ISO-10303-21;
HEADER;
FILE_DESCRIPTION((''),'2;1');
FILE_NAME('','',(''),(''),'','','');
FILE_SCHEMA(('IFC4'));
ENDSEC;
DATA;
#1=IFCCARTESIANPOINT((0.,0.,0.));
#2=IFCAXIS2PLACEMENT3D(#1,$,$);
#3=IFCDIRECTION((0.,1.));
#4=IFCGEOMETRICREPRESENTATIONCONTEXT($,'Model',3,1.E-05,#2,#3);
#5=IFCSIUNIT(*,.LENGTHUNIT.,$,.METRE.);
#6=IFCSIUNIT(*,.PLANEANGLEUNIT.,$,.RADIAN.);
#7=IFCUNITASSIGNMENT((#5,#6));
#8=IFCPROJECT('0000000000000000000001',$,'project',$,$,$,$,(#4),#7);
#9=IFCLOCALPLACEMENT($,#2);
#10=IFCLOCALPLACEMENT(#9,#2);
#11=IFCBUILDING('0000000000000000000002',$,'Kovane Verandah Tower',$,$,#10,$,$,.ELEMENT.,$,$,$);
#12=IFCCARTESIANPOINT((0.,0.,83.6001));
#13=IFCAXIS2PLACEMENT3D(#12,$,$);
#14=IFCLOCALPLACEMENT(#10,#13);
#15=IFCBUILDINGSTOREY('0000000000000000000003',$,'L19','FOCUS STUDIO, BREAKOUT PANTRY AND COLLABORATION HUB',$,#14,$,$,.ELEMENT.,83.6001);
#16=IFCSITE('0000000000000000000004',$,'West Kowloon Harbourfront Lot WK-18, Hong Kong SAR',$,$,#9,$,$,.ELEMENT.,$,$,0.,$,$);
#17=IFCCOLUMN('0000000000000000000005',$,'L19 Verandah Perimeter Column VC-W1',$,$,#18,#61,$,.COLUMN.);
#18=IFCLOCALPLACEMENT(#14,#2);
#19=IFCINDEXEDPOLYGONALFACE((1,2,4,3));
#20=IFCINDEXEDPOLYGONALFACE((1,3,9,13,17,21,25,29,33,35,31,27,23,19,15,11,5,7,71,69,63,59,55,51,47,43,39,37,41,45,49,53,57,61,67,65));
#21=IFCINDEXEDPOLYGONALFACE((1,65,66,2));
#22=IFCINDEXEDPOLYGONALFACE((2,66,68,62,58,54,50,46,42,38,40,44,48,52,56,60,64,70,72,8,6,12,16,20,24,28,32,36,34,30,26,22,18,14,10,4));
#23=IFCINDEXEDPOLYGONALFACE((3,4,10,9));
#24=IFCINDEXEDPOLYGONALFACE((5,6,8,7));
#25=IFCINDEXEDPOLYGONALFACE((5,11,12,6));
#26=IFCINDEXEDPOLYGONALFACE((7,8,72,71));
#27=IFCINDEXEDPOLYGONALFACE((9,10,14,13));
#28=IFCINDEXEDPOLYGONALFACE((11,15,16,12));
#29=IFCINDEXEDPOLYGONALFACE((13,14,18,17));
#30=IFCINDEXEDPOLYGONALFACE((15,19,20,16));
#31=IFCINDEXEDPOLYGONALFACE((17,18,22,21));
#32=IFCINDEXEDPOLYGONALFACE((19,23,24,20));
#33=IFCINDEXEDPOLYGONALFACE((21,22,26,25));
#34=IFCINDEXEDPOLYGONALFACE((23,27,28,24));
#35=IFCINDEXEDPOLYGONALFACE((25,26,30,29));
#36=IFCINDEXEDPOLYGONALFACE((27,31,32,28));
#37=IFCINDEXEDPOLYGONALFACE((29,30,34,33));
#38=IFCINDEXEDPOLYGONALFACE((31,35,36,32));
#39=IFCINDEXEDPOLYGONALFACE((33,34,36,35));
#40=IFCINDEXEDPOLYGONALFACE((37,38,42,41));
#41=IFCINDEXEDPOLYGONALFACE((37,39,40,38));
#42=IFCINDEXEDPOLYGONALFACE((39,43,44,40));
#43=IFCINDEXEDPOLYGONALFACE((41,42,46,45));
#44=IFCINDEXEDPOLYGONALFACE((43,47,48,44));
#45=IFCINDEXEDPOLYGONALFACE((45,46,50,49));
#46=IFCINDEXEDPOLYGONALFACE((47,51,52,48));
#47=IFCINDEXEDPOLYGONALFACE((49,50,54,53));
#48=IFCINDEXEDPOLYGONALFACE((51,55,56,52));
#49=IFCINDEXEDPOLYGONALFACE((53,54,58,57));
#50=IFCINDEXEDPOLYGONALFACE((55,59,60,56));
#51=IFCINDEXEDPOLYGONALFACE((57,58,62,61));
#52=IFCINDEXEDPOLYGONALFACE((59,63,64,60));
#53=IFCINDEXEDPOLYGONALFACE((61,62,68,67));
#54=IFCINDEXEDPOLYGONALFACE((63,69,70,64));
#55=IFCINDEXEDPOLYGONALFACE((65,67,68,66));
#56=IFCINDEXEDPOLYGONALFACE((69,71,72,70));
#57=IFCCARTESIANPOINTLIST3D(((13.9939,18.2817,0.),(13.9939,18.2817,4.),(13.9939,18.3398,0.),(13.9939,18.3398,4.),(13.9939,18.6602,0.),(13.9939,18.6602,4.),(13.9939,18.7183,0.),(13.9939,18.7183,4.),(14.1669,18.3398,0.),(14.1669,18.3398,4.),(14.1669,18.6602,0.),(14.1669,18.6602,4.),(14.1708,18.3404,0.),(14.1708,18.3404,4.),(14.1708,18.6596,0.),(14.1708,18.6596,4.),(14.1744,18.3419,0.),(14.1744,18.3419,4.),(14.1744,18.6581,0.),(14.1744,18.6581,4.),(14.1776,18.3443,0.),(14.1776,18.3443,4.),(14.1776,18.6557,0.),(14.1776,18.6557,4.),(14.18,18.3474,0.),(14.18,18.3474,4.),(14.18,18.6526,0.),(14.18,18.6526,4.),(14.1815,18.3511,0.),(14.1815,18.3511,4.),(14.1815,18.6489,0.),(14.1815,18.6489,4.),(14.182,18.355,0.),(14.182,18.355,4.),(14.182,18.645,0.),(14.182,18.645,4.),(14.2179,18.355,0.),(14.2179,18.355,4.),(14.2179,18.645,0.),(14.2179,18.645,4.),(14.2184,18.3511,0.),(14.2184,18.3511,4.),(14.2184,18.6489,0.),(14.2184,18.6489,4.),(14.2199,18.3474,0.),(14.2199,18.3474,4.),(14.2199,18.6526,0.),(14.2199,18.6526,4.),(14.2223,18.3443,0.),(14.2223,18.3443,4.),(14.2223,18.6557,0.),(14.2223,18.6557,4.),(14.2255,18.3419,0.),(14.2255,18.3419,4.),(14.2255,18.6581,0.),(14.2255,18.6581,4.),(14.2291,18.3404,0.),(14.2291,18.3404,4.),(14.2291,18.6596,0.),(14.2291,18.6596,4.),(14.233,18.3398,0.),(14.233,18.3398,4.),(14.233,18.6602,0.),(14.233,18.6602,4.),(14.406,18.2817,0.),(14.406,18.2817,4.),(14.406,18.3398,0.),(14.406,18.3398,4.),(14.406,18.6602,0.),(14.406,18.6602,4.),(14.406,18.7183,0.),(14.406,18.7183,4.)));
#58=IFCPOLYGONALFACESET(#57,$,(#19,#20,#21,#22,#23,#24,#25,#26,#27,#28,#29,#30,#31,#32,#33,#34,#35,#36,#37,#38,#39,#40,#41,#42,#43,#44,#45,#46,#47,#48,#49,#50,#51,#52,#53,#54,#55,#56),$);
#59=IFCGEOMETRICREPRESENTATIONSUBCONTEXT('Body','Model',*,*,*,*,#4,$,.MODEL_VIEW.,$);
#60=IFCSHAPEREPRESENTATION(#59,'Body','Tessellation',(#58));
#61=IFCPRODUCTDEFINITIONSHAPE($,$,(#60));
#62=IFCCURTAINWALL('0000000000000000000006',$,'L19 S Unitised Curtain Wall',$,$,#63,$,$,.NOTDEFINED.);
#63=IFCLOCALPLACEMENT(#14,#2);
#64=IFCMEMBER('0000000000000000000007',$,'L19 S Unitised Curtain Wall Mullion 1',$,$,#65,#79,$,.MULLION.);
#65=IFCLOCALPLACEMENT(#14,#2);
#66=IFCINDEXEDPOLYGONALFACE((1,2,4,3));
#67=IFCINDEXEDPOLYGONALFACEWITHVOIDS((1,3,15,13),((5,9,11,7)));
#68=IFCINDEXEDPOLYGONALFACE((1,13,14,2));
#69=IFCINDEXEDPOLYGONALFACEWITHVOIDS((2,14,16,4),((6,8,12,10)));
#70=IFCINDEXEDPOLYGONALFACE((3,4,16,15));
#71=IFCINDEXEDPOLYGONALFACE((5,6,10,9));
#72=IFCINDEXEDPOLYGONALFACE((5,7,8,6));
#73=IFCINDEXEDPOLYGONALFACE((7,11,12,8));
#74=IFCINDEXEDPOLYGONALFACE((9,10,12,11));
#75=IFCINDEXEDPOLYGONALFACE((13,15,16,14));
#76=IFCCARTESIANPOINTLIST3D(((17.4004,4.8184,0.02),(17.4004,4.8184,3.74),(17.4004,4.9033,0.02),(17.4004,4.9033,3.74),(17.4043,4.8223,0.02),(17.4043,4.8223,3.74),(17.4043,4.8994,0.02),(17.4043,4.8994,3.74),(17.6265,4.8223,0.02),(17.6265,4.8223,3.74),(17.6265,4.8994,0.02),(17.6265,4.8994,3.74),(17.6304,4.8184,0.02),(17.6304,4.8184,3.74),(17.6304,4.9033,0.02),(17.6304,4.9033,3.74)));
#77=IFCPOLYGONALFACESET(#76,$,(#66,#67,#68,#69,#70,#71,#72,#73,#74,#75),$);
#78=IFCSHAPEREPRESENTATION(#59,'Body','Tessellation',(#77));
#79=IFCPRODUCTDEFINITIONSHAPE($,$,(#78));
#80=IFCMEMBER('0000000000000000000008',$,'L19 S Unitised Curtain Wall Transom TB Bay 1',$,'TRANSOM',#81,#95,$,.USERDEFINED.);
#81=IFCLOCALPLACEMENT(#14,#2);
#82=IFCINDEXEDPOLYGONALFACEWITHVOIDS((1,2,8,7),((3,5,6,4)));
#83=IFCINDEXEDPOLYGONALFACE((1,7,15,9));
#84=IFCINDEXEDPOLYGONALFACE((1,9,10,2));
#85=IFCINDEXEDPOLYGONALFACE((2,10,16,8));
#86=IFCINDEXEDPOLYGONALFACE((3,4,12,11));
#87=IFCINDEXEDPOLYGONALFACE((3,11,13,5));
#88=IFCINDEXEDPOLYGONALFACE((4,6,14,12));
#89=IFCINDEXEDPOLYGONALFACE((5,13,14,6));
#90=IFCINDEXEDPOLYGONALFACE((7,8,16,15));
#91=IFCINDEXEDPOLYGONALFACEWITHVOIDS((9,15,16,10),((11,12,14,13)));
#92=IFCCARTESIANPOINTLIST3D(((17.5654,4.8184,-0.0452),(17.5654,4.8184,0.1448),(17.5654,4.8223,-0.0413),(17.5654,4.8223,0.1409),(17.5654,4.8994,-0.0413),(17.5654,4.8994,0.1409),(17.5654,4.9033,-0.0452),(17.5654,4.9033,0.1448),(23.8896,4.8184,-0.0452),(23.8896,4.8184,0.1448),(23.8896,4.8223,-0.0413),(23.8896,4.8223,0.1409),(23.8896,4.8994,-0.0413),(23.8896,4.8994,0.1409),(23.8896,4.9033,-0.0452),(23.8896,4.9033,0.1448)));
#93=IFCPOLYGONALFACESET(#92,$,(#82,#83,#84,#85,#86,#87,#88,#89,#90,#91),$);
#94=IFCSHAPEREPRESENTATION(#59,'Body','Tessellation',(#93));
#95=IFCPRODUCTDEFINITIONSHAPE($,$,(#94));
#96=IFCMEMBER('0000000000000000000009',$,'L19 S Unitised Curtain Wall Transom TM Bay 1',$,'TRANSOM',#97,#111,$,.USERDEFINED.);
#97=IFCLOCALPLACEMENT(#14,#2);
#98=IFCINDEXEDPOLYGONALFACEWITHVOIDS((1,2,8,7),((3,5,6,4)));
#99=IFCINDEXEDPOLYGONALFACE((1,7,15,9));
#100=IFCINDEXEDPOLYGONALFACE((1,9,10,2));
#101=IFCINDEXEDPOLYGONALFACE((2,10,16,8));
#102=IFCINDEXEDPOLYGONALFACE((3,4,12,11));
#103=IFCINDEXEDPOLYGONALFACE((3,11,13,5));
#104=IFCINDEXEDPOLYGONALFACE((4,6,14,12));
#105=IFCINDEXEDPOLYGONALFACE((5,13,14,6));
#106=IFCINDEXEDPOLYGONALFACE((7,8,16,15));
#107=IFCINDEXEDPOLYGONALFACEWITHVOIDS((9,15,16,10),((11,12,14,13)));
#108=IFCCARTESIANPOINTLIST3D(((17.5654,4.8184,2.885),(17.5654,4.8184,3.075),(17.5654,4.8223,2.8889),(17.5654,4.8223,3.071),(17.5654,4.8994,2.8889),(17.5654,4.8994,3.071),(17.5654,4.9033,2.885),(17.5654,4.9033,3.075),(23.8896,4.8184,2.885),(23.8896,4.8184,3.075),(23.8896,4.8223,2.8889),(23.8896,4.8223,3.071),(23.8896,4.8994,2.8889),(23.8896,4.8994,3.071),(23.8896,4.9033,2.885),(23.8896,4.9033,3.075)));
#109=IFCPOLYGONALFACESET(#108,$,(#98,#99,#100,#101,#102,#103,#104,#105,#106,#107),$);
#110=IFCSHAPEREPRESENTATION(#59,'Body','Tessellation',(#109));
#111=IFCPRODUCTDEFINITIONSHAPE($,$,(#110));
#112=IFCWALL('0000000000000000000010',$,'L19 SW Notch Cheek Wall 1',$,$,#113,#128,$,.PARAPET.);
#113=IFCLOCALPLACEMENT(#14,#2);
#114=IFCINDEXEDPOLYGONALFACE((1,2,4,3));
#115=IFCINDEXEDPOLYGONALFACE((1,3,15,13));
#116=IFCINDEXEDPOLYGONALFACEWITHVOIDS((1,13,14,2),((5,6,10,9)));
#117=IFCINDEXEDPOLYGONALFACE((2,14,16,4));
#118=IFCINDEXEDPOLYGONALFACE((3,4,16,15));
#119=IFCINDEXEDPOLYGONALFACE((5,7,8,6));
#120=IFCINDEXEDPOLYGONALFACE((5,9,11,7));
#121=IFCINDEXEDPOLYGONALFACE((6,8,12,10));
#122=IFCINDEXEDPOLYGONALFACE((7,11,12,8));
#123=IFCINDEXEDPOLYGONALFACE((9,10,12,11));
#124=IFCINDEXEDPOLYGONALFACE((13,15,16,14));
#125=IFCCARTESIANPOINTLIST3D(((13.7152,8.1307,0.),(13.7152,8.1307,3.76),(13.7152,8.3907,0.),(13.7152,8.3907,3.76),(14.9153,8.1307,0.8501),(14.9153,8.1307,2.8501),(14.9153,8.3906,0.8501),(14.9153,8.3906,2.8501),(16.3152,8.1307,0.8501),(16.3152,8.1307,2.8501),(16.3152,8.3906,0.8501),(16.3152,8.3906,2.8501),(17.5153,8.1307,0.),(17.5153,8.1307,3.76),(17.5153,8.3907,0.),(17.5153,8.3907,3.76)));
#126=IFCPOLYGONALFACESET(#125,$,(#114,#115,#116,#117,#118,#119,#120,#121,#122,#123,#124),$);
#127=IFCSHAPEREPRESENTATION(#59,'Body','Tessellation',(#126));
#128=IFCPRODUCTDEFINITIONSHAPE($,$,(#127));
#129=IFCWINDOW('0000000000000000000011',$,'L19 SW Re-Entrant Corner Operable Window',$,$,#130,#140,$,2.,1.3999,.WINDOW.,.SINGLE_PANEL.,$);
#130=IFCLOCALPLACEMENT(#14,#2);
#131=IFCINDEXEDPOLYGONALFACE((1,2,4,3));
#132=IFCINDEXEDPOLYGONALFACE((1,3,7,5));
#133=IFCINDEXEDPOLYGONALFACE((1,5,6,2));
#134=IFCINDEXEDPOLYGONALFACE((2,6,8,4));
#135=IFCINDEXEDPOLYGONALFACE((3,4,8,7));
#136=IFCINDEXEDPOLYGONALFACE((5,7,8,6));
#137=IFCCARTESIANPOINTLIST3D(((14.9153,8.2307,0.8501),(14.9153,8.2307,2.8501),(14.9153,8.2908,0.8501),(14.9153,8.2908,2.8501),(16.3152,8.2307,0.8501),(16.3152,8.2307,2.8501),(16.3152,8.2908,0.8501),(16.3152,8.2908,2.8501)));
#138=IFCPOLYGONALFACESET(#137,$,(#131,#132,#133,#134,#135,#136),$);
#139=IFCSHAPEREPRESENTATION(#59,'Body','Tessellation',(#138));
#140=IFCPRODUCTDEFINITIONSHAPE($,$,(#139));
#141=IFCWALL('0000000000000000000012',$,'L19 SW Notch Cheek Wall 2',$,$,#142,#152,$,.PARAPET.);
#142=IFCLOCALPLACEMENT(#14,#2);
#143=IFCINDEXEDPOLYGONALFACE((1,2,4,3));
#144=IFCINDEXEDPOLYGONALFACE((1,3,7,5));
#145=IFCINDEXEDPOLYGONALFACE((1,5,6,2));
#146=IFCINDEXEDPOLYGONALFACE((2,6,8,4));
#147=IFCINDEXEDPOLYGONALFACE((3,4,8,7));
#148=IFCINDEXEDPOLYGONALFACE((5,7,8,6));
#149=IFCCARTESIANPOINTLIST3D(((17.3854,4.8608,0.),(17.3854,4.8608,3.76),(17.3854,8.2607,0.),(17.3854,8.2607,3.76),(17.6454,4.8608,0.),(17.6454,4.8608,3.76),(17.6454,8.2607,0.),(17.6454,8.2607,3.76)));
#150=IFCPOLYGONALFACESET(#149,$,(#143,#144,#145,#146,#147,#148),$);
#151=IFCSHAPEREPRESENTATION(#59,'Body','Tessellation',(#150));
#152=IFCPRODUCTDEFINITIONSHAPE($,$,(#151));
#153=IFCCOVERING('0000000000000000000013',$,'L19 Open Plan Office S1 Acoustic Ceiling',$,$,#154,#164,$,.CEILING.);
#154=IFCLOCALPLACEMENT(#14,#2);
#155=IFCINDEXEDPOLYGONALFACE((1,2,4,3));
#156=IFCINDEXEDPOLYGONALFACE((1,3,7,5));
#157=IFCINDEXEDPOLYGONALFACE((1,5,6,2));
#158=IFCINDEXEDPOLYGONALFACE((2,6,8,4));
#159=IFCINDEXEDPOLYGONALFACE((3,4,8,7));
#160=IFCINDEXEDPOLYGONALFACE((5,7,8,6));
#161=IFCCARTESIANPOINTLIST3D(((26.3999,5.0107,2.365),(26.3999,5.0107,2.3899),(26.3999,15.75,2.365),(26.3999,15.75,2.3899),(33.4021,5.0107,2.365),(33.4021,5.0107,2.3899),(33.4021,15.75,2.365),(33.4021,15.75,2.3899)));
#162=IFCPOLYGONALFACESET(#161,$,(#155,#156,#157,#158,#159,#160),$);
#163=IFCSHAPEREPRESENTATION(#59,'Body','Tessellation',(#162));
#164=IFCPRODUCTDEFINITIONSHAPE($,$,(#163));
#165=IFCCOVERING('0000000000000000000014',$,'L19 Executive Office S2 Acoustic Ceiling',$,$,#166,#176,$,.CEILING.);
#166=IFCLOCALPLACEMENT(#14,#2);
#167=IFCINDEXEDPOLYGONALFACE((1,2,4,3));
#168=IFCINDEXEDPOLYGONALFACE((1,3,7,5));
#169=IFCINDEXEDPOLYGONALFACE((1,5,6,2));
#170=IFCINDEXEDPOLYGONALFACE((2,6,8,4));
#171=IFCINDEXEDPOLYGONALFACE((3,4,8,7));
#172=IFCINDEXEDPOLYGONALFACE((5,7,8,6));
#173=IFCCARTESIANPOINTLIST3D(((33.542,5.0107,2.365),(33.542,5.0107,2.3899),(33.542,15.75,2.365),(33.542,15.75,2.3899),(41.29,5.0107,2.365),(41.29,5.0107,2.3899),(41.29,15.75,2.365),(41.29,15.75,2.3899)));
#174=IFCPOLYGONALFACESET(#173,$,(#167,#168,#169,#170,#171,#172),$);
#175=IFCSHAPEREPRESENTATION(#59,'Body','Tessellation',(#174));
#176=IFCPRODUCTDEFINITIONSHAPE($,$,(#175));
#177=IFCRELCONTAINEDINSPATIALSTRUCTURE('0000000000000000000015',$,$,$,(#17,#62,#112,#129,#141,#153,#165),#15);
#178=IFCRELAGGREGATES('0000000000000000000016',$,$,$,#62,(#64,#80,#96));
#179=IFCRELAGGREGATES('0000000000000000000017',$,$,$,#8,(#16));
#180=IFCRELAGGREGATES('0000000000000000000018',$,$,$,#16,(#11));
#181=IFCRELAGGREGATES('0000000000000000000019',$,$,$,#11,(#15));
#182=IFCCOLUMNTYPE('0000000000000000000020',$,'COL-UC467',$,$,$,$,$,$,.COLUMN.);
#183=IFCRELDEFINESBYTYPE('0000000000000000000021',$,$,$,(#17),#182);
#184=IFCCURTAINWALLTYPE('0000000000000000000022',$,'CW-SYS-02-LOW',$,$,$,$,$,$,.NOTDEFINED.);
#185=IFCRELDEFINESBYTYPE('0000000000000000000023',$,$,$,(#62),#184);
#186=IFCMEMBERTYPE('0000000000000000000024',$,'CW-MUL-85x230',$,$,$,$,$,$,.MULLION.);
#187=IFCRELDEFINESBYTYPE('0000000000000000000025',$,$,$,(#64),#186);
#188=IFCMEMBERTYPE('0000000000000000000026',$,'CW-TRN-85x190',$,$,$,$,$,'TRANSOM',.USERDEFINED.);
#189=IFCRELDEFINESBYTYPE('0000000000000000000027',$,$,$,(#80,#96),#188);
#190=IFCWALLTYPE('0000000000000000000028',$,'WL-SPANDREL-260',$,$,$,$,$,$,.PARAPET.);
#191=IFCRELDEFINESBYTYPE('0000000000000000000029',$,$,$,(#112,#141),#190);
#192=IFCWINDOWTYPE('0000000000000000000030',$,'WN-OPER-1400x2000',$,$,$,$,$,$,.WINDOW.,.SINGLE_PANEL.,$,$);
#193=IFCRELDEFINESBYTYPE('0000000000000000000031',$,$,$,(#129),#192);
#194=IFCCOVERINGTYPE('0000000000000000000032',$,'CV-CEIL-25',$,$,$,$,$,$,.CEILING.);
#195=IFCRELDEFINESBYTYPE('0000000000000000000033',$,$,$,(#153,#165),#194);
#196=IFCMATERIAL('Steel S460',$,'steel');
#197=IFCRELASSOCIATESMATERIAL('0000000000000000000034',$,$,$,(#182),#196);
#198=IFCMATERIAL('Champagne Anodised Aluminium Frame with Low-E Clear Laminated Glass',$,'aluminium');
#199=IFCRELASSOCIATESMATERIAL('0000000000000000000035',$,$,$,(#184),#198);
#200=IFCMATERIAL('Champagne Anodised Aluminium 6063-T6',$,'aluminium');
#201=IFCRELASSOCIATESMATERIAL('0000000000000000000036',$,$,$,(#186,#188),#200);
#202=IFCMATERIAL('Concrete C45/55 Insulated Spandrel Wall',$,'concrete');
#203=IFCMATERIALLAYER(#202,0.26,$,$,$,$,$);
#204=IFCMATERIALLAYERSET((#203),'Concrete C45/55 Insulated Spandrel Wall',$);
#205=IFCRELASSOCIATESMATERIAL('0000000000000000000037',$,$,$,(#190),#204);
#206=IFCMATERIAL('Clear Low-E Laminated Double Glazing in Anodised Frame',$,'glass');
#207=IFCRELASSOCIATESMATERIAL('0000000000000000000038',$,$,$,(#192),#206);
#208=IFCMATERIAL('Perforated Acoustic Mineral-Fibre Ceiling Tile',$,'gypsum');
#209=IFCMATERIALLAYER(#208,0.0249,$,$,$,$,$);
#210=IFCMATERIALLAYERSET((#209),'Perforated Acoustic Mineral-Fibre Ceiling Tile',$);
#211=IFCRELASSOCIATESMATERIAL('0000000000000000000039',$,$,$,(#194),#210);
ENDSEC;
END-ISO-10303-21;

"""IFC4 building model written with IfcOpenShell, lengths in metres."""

from ifc_helpers import new_model, si_unit, direction, frame, frame_2d, origin, origin_2d, place, context, subcontext, project, spatial, polyline, rectangle, hollow_rectangle, i_section, outline, extrude, material, layer, layer_set, material_profile, profile_set, type_object, element, fill, aggregate, save


model = new_model("IFC4")

# Units and contexts
model_context = context("Model", 3, precision=1e-05, world=origin(), true_north=direction((0.0, 1.0)))
body_context = subcontext(model_context, "Body", "Model", "MODEL_VIEW")
ifc_project = project(units=[si_unit("LENGTHUNIT", "METRE"), si_unit("PLANEANGLEUNIT", "RADIAN")], contexts=[model_context])

# Site, building, storey
site_placement = place(None, origin())
site = spatial("IfcSite", under=ifc_project, at=site_placement, Name="West Kowloon Harbourfront Lot WK-18, Hong Kong SAR", CompositionType="ELEMENT", RefElevation=0.0)
building_placement = place(site_placement, origin())
building = spatial("IfcBuilding", under=site, at=building_placement, Name="Kovane Verandah Tower", CompositionType="ELEMENT")
storey_placement = place(building_placement, frame((0.0, 0.0, 83.6001)))
storey = spatial("IfcBuildingStorey", under=building, at=storey_placement, Name="L19", Description="FOCUS STUDIO, BREAKOUT PANTRY AND COLLABORATION HUB", CompositionType="ELEMENT", Elevation=83.6001)

# Column
ifc_material_1 = material(Name="Steel S460", Category="steel")
ifc_material_profile_1 = material_profile(ifc_material_1, i_section(OverallWidth=0.4121, OverallDepth=0.4365, WebThickness=0.0359, FlangeThickness=0.0581, FilletRadius=0.0151, at=origin_2d()), Name="UC356x406x467")
ifc_profile_set_1 = profile_set([ifc_material_profile_1], Name="Steel S460")
column_type = type_object("IfcColumnType", Name="COL-UC467", PredefinedType="COLUMN", material=ifc_profile_set_1)
column_placement = place(storey_placement, frame((14.2, 18.5, 0.0), z_axis=(0.0, 0.0, 1.0), x_axis=(1.0, 0.0, 0.0)))
element("IfcColumn", 1, at=column_placement, inside=storey, type_object=column_type, Name="L19 Verandah Perimeter Column VC-W1", PredefinedType="COLUMN", context=body_context, shape_type="SweptSolid", body=[
    extrude(i_section(OverallWidth=0.4121, OverallDepth=0.4365, WebThickness=0.0359, FlangeThickness=0.0581, FilletRadius=0.0151, at=origin_2d()), origin(), (0.0, 0.0, 1.0), 4.0),
])

# Curtain wall, members
ifc_material_2 = material(Name="Champagne Anodised Aluminium Frame with Low-E Clear Laminated Glass", Category="aluminium")
curtain_wall_type = type_object("IfcCurtainWallType", Name="CW-SYS-02-LOW", PredefinedType="NOTDEFINED", material=ifc_material_2)
curtain_wall_placement = place(storey_placement, origin())
curtain_wall = element("IfcCurtainWall", 2, at=curtain_wall_placement, inside=storey, type_object=curtain_wall_type, Name="L19 S Unitised Curtain Wall", PredefinedType="NOTDEFINED")
ifc_material_3 = material(Name="Champagne Anodised Aluminium 6063-T6", Category="aluminium")
ifc_material_profile_2 = material_profile(ifc_material_3, hollow_rectangle(XDim=0.085, YDim=0.23, WallThickness=0.0039, at=origin_2d()), Name="AL85x230x4")
ifc_profile_set_2 = profile_set([ifc_material_profile_2], Name="Champagne Anodised Aluminium 6063-T6")
member_type_1 = type_object("IfcMemberType", Name="CW-MUL-85x230", PredefinedType="MULLION", material=ifc_profile_set_2)
member_1_placement = place(storey_placement, frame((17.5154, 4.8608, 0.02), z_axis=(0.0, 0.0, 1.0), x_axis=(0.0, -1.0, 0.0)))
member_1 = element("IfcMember", 3, at=member_1_placement, type_object=member_type_1, Name="L19 S Unitised Curtain Wall Mullion 1", PredefinedType="MULLION", context=body_context, shape_type="SweptSolid", body=[
    extrude(hollow_rectangle(XDim=0.085, YDim=0.23, WallThickness=0.0039, at=origin_2d()), origin(), (0.0, 0.0, 1.0), 3.72),
])
ifc_material_profile_3 = material_profile(ifc_material_3, hollow_rectangle(XDim=0.085, YDim=0.1899, WallThickness=0.0039, at=origin_2d()), Name="AL85x190x4")
ifc_profile_set_3 = profile_set([ifc_material_profile_3], Name="Champagne Anodised Aluminium 6063-T6")
member_type_2 = type_object("IfcMemberType", Name="CW-TRN-85x190", ElementType="TRANSOM", PredefinedType="USERDEFINED", material=ifc_profile_set_3)
member_2_placement = place(storey_placement, frame((17.5654, 4.8608, 0.0498), z_axis=(1.0, 0.0, 0.0), x_axis=(0.0, 1.0, 0.0)))
member_2 = element("IfcMember", 4, at=member_2_placement, type_object=member_type_2, Name="L19 S Unitised Curtain Wall Transom TB Bay 1", ObjectType="TRANSOM", PredefinedType="USERDEFINED", context=body_context, shape_type="SweptSolid", body=[
    extrude(hollow_rectangle(XDim=0.085, YDim=0.1899, WallThickness=0.0039, at=origin_2d()), origin(), (0.0, 0.0, 1.0), 6.3242),
])
member_3_placement = place(storey_placement, frame((17.5654, 4.8608, 2.98), z_axis=(1.0, 0.0, 0.0), x_axis=(0.0, 1.0, 0.0)))
member_3 = element("IfcMember", 5, at=member_3_placement, type_object=member_type_2, Name="L19 S Unitised Curtain Wall Transom TM Bay 1", ObjectType="TRANSOM", PredefinedType="USERDEFINED", context=body_context, shape_type="SweptSolid", body=[
    extrude(hollow_rectangle(XDim=0.085, YDim=0.1899, WallThickness=0.0039, at=origin_2d()), origin(), (0.0, 0.0, 1.0), 6.3242),
])
aggregate(curtain_wall, [member_1, member_2, member_3])

# Wall, opening, window
ifc_material_4 = material(Name="Concrete C45/55 Insulated Spandrel Wall", Category="concrete")
ifc_layer_1 = layer(ifc_material_4, 0.26)
ifc_layer_set_1 = layer_set([ifc_layer_1], Name="Concrete C45/55 Insulated Spandrel Wall")
wall_type = type_object("IfcWallType", Name="WL-SPANDREL-260", PredefinedType="PARAPET", material=ifc_layer_set_1)
wall_1_placement = place(storey_placement, frame((13.7153, 8.2607, 0.0), z_axis=(0.0, 0.0, 1.0), x_axis=(1.0, 0.0, 0.0)))
wall_1 = element("IfcWall", 6, at=wall_1_placement, inside=storey, type_object=wall_type, Name="L19 SW Notch Cheek Wall 1", PredefinedType="PARAPET", context=body_context, shape_type="SweptSolid", body=[
    extrude(rectangle(XDim=3.8, YDim=0.26, at=frame_2d((1.8999, 0.0))), origin(), (0.0, 0.0, 1.0), 3.76),
])
opening_placement = place(wall_1_placement, frame((1.2, 0.0, 0.8501)))
opening = element("IfcOpeningElement", 7, at=opening_placement, cuts=wall_1, PredefinedType="OPENING", context=body_context, shape_type="SweptSolid", body=[
    extrude(rectangle(XDim=1.3999, YDim=2.0, at=frame_2d((0.7, 1.0))), frame((0.0, 0.1299, 0.0), z_axis=(0.0, -1.0, 0.0), x_axis=(1.0, 0.0, 0.0)), (0.0, 0.0, 1.0), 0.26),
])
ifc_material_5 = material(Name="Clear Low-E Laminated Double Glazing in Anodised Frame", Category="glass")
window_type = type_object("IfcWindowType", Name="WN-OPER-1400x2000", PartitioningType="SINGLE_PANEL", PredefinedType="WINDOW", material=ifc_material_5)
window_placement = place(opening_placement, origin())
window = element("IfcWindow", 8, at=window_placement, inside=storey, type_object=window_type, Name="L19 SW Re-Entrant Corner Operable Window", OverallHeight=2.0, OverallWidth=1.3999, PartitioningType="SINGLE_PANEL", PredefinedType="WINDOW", context=body_context, shape_type="SweptSolid", body=[
    extrude(rectangle(XDim=1.3999, YDim=2.0, at=frame_2d((0.7, 1.0))), frame((0.0, 0.03, 0.0), z_axis=(0.0, -1.0, 0.0), x_axis=(1.0, 0.0, 0.0)), (0.0, 0.0, 1.0), 0.0601),
])
fill(opening, window)

# Wall
wall_2_placement = place(storey_placement, frame((17.5154, 8.2607, 0.0), z_axis=(0.0, 0.0, 1.0), x_axis=(0.0, -1.0, 0.0)))
element("IfcWall", 9, at=wall_2_placement, inside=storey, type_object=wall_type, Name="L19 SW Notch Cheek Wall 2", PredefinedType="PARAPET", context=body_context, shape_type="SweptSolid", body=[
    extrude(rectangle(XDim=3.3999, YDim=0.26, at=frame_2d((1.7, 0.0))), origin(), (0.0, 0.0, 1.0), 3.76),
])

# Coverings
ifc_material_6 = material(Name="Perforated Acoustic Mineral-Fibre Ceiling Tile", Category="gypsum")
ifc_layer_2 = layer(ifc_material_6, 0.0249)
ifc_layer_set_2 = layer_set([ifc_layer_2], Name="Perforated Acoustic Mineral-Fibre Ceiling Tile")
covering_type_1 = type_object("IfcCoveringType", Name="CV-CEIL-25", PredefinedType="CEILING", material=ifc_layer_set_2)
covering_1_placement = place(storey_placement, frame((0.0, 0.0, 2.365)))
element("IfcCovering", 10, at=covering_1_placement, inside=storey, type_object=covering_type_1, Name="L19 Open Plan Office S1 Acoustic Ceiling", PredefinedType="CEILING", context=body_context, shape_type="SweptSolid", body=[
    extrude(outline(polyline([(26.3999, 5.0107), (33.4021, 5.0107), (33.4021, 15.75), (26.3999, 15.75), (26.3999, 5.0107)])), origin(), (0.0, 0.0, 1.0), 0.0249),
])
covering_2_placement = place(storey_placement, frame((0.0, 0.0, 2.365)))
element("IfcCovering", 11, at=covering_2_placement, inside=storey, type_object=covering_type_1, Name="L19 Executive Office S2 Acoustic Ceiling", PredefinedType="CEILING", context=body_context, shape_type="SweptSolid", body=[
    extrude(outline(polyline([(33.542, 5.0107), (41.29, 5.0107), (41.29, 15.75), (33.542, 15.75), (33.542, 5.0107)])), origin(), (0.0, 0.0, 1.0), 0.0249),
])

save(model, "model.ifc")
